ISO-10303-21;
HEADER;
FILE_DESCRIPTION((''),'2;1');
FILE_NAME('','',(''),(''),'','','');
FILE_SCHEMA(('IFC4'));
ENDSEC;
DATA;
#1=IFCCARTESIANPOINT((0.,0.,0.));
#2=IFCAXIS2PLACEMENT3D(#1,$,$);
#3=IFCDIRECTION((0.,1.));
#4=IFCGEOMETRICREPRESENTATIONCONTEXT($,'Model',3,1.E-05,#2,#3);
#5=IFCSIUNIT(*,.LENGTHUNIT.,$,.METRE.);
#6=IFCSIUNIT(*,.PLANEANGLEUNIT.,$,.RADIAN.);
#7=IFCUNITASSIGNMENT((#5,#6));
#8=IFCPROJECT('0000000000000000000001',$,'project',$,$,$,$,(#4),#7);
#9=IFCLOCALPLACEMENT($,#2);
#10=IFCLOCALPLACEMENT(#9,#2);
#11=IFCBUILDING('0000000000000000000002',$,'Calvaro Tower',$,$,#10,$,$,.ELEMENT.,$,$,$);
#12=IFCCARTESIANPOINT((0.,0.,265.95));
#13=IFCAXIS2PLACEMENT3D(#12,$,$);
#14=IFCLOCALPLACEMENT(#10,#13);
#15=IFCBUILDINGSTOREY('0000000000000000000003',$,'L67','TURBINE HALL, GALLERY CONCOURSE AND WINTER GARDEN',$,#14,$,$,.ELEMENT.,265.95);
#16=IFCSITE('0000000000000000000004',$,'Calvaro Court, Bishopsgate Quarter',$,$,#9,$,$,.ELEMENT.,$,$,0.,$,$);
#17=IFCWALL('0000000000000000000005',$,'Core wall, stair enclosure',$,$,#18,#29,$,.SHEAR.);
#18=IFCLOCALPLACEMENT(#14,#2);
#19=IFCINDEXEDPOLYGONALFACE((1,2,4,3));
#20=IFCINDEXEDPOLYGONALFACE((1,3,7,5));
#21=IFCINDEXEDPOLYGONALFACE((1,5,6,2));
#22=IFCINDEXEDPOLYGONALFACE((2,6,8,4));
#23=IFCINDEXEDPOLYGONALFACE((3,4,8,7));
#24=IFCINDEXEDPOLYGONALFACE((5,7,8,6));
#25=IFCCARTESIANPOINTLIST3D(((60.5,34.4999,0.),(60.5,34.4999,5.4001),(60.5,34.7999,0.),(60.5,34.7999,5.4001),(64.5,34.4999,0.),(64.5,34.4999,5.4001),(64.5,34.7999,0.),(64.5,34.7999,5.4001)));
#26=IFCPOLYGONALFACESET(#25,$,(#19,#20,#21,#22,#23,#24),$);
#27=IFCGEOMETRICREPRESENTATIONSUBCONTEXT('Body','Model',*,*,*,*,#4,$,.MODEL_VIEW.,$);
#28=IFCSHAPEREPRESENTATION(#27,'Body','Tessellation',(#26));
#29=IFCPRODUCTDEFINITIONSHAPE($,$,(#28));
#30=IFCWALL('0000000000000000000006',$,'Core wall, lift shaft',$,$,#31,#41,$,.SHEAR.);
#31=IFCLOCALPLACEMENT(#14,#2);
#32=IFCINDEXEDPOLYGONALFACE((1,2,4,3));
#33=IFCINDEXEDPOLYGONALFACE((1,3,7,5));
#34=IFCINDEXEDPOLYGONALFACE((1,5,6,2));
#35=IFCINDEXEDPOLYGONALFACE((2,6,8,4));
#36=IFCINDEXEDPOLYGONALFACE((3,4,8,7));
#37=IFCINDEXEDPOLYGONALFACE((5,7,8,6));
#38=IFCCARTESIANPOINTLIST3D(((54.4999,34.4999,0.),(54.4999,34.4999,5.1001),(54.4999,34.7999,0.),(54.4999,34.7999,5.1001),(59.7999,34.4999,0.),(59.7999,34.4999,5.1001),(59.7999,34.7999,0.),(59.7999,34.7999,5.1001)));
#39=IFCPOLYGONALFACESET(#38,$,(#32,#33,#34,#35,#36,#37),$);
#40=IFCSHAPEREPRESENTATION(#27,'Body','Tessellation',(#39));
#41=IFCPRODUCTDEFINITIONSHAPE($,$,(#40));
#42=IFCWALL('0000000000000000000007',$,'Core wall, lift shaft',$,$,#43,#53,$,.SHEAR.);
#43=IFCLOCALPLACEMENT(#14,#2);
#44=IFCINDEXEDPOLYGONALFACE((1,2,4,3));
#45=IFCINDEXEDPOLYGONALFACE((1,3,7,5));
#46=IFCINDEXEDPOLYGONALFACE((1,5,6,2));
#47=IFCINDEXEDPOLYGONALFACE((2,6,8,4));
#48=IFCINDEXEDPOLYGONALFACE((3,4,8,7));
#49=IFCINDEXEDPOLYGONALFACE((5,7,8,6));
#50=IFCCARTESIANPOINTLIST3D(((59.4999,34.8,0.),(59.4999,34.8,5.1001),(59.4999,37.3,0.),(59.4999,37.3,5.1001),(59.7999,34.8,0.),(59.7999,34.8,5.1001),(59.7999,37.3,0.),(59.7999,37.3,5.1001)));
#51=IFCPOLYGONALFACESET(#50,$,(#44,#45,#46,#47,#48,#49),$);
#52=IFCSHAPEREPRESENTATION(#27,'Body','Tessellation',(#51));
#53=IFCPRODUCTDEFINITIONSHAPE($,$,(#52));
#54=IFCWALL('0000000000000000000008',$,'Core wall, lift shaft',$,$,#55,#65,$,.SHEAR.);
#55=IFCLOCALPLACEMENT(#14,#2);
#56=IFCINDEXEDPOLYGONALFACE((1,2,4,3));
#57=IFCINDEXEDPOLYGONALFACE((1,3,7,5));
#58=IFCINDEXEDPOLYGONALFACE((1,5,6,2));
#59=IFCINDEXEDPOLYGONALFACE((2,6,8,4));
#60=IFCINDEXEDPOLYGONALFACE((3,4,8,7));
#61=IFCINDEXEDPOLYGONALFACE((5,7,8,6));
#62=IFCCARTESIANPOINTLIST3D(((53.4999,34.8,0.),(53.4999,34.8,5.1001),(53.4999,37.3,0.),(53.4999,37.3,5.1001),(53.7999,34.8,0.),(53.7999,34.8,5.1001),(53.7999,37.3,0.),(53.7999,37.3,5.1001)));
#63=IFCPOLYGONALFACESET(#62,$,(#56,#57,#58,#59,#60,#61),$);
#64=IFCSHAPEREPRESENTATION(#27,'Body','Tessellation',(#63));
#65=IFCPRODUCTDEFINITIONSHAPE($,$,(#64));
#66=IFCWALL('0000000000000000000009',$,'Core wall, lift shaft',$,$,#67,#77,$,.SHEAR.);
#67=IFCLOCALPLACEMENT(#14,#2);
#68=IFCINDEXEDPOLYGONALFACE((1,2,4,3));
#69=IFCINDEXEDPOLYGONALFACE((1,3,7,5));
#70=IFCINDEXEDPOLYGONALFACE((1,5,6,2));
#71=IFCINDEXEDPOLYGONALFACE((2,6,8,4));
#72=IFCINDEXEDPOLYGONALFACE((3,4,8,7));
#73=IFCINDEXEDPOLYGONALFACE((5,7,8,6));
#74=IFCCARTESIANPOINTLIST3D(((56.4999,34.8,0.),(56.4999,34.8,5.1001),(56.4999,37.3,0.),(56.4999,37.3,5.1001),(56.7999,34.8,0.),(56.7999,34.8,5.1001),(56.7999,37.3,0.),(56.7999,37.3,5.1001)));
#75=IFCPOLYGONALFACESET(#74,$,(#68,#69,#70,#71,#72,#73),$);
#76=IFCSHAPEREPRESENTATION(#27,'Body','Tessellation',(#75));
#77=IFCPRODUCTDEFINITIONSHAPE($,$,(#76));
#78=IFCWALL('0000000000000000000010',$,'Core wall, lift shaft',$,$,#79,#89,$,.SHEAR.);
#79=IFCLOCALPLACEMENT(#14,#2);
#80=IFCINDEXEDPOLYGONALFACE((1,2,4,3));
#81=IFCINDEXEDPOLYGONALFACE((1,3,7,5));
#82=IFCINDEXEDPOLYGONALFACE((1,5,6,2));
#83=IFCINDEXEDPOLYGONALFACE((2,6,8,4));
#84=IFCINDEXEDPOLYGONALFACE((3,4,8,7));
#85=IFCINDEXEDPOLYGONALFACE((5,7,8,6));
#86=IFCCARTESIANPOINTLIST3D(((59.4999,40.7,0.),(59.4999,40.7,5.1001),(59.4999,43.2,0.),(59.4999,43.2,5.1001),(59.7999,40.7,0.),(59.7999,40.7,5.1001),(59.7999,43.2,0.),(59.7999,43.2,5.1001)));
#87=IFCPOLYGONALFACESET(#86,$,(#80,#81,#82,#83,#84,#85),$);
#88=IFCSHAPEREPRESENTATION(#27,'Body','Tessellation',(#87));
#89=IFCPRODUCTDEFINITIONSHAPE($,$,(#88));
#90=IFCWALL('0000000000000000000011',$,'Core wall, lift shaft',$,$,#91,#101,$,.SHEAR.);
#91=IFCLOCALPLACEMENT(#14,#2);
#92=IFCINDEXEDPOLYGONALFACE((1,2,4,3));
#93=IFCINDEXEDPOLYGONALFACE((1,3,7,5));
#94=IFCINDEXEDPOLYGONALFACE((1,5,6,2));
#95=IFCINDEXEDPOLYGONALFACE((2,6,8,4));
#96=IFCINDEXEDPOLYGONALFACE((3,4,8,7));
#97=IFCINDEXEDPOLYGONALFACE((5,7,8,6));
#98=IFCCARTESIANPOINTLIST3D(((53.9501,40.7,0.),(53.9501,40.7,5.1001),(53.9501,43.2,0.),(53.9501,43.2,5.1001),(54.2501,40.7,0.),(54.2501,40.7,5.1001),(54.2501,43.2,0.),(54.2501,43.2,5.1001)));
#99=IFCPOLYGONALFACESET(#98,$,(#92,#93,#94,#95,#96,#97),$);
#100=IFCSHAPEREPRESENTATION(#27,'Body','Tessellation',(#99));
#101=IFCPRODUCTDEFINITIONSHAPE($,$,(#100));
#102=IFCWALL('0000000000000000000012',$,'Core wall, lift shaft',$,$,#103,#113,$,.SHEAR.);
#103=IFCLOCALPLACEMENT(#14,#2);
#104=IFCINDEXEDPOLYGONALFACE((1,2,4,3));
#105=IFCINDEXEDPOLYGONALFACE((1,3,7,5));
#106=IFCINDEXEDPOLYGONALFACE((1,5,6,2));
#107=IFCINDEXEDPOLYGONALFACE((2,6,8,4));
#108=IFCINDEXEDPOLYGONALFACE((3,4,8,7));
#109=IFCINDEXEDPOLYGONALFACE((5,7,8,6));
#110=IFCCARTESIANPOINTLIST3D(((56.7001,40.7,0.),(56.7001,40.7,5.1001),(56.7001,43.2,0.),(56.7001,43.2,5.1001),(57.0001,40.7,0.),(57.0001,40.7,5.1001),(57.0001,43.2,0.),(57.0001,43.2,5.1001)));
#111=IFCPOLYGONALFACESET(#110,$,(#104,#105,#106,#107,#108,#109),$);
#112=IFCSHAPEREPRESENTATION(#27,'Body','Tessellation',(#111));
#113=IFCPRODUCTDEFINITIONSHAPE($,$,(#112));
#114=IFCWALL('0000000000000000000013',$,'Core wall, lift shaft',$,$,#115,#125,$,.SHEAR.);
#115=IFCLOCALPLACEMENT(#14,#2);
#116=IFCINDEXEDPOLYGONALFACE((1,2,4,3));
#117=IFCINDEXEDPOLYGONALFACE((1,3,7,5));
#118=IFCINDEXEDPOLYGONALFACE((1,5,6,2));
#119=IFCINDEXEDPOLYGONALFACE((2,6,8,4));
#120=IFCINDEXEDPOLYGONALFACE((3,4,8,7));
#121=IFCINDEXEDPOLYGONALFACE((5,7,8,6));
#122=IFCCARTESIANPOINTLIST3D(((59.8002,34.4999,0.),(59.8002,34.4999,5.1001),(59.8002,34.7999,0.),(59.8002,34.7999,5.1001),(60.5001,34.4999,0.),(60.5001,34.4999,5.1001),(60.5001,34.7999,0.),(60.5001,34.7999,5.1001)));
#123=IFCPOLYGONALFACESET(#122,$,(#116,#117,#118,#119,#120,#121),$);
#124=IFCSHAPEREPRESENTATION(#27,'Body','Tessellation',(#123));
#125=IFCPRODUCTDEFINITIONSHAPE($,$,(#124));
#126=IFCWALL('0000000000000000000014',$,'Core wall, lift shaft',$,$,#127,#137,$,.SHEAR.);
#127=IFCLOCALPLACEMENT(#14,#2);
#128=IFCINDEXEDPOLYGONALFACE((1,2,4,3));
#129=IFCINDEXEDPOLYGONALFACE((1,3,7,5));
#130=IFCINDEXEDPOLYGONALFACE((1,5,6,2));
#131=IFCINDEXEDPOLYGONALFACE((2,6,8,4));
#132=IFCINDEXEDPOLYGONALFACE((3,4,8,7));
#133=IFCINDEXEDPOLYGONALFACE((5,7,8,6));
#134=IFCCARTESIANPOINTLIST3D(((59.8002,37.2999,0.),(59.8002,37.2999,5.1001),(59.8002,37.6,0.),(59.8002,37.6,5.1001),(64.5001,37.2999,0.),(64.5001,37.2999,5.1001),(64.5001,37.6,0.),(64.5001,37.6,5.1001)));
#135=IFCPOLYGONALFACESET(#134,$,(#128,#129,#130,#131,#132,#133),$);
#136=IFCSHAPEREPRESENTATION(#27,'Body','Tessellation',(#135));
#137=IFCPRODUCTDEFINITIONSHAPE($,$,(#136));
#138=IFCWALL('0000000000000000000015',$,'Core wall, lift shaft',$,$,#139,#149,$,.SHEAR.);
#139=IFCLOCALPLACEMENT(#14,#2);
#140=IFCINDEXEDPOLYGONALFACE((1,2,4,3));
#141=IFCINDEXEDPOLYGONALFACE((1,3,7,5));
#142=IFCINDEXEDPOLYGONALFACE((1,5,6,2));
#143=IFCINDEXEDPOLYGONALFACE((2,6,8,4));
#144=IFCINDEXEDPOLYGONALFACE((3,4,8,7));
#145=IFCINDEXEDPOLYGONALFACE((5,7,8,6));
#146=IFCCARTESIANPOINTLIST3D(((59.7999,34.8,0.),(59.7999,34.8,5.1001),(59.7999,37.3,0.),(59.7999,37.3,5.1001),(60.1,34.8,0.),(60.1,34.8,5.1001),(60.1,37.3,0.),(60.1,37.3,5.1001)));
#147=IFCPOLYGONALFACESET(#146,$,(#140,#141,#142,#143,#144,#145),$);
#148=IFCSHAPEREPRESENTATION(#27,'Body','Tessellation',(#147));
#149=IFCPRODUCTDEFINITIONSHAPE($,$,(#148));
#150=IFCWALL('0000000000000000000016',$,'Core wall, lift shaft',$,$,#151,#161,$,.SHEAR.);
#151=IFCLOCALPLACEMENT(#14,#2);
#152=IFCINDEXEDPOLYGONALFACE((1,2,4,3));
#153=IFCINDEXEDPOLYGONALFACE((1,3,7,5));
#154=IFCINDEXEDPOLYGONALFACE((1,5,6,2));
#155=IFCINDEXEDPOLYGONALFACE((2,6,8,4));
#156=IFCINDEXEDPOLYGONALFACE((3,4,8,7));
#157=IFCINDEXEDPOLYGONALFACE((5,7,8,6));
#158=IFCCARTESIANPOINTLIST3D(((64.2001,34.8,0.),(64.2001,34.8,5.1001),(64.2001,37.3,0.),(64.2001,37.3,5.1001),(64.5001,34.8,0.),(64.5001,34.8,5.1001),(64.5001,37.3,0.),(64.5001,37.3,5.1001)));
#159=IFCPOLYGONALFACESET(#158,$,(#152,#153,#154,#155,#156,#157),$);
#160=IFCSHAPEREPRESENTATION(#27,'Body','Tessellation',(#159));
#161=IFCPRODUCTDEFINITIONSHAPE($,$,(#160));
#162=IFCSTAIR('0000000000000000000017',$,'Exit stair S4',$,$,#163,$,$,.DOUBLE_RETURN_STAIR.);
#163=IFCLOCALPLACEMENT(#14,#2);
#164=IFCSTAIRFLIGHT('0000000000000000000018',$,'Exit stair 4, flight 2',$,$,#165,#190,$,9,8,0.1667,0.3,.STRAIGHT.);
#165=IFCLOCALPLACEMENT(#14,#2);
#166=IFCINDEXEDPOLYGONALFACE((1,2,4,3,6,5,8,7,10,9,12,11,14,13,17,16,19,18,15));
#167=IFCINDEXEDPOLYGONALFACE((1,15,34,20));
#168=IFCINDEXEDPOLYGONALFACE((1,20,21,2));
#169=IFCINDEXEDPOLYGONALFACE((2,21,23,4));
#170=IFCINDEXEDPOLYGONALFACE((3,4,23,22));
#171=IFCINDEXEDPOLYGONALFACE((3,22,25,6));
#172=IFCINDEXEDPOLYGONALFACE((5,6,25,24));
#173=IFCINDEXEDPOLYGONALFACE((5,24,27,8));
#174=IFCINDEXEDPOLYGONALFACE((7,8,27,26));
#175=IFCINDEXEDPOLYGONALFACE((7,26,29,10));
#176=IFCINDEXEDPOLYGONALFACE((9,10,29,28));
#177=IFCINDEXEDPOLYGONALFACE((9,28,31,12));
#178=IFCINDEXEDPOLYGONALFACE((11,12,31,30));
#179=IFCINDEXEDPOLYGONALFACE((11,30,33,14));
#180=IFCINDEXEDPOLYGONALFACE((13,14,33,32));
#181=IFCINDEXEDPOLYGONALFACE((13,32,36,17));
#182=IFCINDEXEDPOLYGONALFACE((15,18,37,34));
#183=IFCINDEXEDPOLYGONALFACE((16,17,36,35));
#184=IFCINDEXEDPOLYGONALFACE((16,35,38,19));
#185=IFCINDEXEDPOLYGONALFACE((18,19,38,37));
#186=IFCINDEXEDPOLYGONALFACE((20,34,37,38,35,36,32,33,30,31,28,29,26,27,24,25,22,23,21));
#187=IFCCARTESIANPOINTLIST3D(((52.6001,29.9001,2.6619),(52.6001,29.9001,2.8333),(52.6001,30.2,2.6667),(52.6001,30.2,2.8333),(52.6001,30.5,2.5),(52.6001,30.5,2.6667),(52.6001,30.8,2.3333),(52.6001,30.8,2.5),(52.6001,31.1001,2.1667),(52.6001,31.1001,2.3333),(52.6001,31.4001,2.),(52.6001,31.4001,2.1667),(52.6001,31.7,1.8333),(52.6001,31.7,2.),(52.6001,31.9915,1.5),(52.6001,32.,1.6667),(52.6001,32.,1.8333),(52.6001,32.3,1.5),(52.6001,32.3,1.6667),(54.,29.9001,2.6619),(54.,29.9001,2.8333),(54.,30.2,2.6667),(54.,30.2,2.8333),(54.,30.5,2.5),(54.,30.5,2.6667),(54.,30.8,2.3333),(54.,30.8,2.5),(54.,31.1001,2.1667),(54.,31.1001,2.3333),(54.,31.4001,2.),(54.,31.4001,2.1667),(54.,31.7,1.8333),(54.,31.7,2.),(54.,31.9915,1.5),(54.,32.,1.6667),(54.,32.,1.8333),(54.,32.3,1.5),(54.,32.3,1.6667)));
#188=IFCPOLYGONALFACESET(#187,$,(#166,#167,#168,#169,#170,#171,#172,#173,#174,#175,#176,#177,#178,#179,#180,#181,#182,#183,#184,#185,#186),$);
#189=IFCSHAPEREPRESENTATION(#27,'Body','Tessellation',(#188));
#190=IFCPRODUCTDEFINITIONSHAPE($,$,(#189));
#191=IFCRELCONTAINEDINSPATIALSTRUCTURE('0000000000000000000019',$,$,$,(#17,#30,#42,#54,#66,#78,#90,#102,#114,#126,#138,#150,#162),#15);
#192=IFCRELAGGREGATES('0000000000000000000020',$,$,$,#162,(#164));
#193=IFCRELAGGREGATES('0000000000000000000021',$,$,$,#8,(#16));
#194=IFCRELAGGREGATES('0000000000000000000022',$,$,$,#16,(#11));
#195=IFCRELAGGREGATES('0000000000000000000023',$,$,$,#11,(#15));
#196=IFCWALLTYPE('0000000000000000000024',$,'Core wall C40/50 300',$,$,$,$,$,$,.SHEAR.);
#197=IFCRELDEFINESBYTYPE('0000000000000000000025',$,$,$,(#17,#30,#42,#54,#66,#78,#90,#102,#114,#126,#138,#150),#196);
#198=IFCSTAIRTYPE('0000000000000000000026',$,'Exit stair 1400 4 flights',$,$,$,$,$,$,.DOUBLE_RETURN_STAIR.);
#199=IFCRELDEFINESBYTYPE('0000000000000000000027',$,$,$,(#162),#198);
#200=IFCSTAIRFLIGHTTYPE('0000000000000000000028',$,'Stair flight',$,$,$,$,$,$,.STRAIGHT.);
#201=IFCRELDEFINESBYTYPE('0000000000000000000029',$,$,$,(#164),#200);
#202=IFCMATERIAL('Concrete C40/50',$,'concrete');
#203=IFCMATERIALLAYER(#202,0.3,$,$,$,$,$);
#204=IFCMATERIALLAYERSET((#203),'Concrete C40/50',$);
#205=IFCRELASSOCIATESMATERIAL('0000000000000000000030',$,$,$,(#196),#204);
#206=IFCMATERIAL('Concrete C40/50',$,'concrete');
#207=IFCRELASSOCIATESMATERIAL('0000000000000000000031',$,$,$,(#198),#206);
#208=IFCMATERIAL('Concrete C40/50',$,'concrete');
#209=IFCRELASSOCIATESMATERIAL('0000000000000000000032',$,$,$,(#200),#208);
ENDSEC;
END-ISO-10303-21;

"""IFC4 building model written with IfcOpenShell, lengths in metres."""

from ifc_helpers import new_model, si_unit, direction, frame, frame_2d, origin, place, context, subcontext, project, spatial, polyline, rectangle, outline, extrude, material, layer, layer_set, type_object, element, aggregate, save


model = new_model("IFC4")

# Units and contexts
model_context = context("Model", 3, precision=1e-05, world=origin(), true_north=direction((0.0, 1.0)))
body_context = subcontext(model_context, "Body", "Model", "MODEL_VIEW")
ifc_project = project(units=[si_unit("LENGTHUNIT", "METRE"), si_unit("PLANEANGLEUNIT", "RADIAN")], contexts=[model_context])

# Site, building, storey
site_placement = place(None, origin())
site = spatial("IfcSite", under=ifc_project, at=site_placement, Name="Calvaro Court, Bishopsgate Quarter", CompositionType="ELEMENT", RefElevation=0.0)
building_placement = place(site_placement, origin())
building = spatial("IfcBuilding", under=site, at=building_placement, Name="Calvaro Tower", CompositionType="ELEMENT")
storey_placement = place(building_placement, frame((0.0, 0.0, 265.95)))
storey = spatial("IfcBuildingStorey", under=building, at=storey_placement, Name="L67", Description="TURBINE HALL, GALLERY CONCOURSE AND WINTER GARDEN", CompositionType="ELEMENT", Elevation=265.95)

# Walls
ifc_material_1 = material(Name="Concrete C40/50", Category="concrete")
ifc_layer = layer(ifc_material_1, 0.3)
ifc_layer_set = layer_set([ifc_layer], Name="Concrete C40/50")
wall_type = type_object("IfcWallType", Name="Core wall C40/50 300", PredefinedType="SHEAR", material=ifc_layer_set)
wall_1_placement = place(storey_placement, frame((60.5, 34.6499, 0.0), z_axis=(0.0, 0.0, 1.0), x_axis=(1.0, 0.0, 0.0)))
element("IfcWall", 1, at=wall_1_placement, inside=storey, type_object=wall_type, Name="Core wall, stair enclosure", PredefinedType="SHEAR", context=body_context, shape_type="SweptSolid", body=[
    extrude(rectangle(XDim=4.0, YDim=0.3, at=frame_2d((2.0, 0.0))), origin(), (0.0, 0.0, 1.0), 5.4001),
])
wall_2_placement = place(storey_placement, frame((54.5, 34.6499, 0.0), z_axis=(0.0, 0.0, 1.0), x_axis=(1.0, 0.0, 0.0)))
element("IfcWall", 2, at=wall_2_placement, inside=storey, type_object=wall_type, Name="Core wall, lift shaft", PredefinedType="SHEAR", context=body_context, shape_type="SweptSolid", body=[
    extrude(rectangle(XDim=5.3, YDim=0.3, at=frame_2d((2.6499, 0.0))), origin(), (0.0, 0.0, 1.0), 5.1001),
])
for number, where, z_axis, x_axis, name in (
    (3, (59.6499, 34.8, 0.0), (0.0, 0.0, 1.0), (0.0, 1.0, 0.0), "Core wall, lift shaft"),
    (4, (53.6499, 34.8, 0.0), (0.0, 0.0, 1.0), (0.0, 1.0, 0.0), "Core wall, lift shaft"),
    (5, (56.6499, 34.8, 0.0), (0.0, 0.0, 1.0), (0.0, 1.0, 0.0), "Core wall, lift shaft"),
    (6, (59.6499, 40.7, 0.0), (0.0, 0.0, 1.0), (0.0, 1.0, 0.0), "Core wall, lift shaft"),
    (7, (54.1001, 40.7, 0.0), (0.0, 0.0, 1.0), (0.0, 1.0, 0.0), "Core wall, lift shaft"),
    (8, (56.8501, 40.7, 0.0), (0.0, 0.0, 1.0), (0.0, 1.0, 0.0), "Core wall, lift shaft"),
):
    element("IfcWall", number, at=place(storey_placement, frame(where, z_axis=z_axis, x_axis=x_axis)), inside=storey, type_object=wall_type, Name=name, PredefinedType="SHEAR", context=body_context, shape_type="SweptSolid", body=[
        extrude(rectangle(XDim=2.5, YDim=0.3, at=frame_2d((1.25, 0.0))), origin(), (0.0, 0.0, 1.0), 5.1001),
    ])
wall_3_placement = place(storey_placement, frame((59.8, 34.6499, 0.0), z_axis=(0.0, 0.0, 1.0), x_axis=(1.0, 0.0, 0.0)))
element("IfcWall", 9, at=wall_3_placement, inside=storey, type_object=wall_type, Name="Core wall, lift shaft", PredefinedType="SHEAR", context=body_context, shape_type="SweptSolid", body=[
    extrude(rectangle(XDim=0.7, YDim=0.3, at=frame_2d((0.3501, 0.0))), origin(), (0.0, 0.0, 1.0), 5.1001),
])
wall_4_placement = place(storey_placement, frame((59.8, 37.45, 0.0), z_axis=(0.0, 0.0, 1.0), x_axis=(1.0, 0.0, 0.0)))
element("IfcWall", 10, at=wall_4_placement, inside=storey, type_object=wall_type, Name="Core wall, lift shaft", PredefinedType="SHEAR", context=body_context, shape_type="SweptSolid", body=[
    extrude(rectangle(XDim=4.7, YDim=0.3, at=frame_2d((2.3501, 0.0))), origin(), (0.0, 0.0, 1.0), 5.1001),
])
for number, where, z_axis, x_axis, name in (
    (11, (59.95, 34.8, 0.0), (0.0, 0.0, 1.0), (0.0, 1.0, 0.0), "Core wall, lift shaft"),
    (12, (64.3501, 34.8, 0.0), (0.0, 0.0, 1.0), (0.0, 1.0, 0.0), "Core wall, lift shaft"),
):
    element("IfcWall", number, at=place(storey_placement, frame(where, z_axis=z_axis, x_axis=x_axis)), inside=storey, type_object=wall_type, Name=name, PredefinedType="SHEAR", context=body_context, shape_type="SweptSolid", body=[
        extrude(rectangle(XDim=2.5, YDim=0.3, at=frame_2d((1.25, 0.0))), origin(), (0.0, 0.0, 1.0), 5.1001),
    ])

# Stair, stair flight
ifc_material_2 = material(Name="Concrete C40/50", Category="concrete")
stair_type = type_object("IfcStairType", Name="Exit stair 1400 4 flights", PredefinedType="DOUBLE_RETURN_STAIR", material=ifc_material_2)
stair_1_placement = place(storey_placement, origin())
stair_1 = element("IfcStair", 13, at=stair_1_placement, inside=storey, type_object=stair_type, Name="Exit stair S4", PredefinedType="DOUBLE_RETURN_STAIR")
ifc_material_3 = material(Name="Concrete C40/50", Category="concrete")
stair_flight_type = type_object("IfcStairFlightType", Name="Stair flight", PredefinedType="STRAIGHT", material=ifc_material_3)
stair_flight_1_placement = place(storey_placement, frame((53.3, 32.3, 1.5), z_axis=(0.0, 0.0, 1.0), x_axis=(0.0, -1.0, 0.0)))
stair_flight_1 = element("IfcStairFlight", 14, at=stair_flight_1_placement, type_object=stair_flight_type, Name="Exit stair 4, flight 2", NumberOfRisers=9, NumberOfTreads=8, PredefinedType="STRAIGHT", RiserHeight=0.1667, TreadLength=0.3, context=body_context, shape_type="SweptSolid", body=[
    extrude(outline(polyline([(0.0, 0.0), (0.0, 0.1667), (0.3, 0.1667), (0.3, 0.3333), (0.6001, 0.3333), (0.6001, 0.5), (0.8999, 0.5), (0.8999, 0.6667), (1.2, 0.6667), (1.2, 0.8333), (1.5, 0.8333), (1.5, 1.0), (1.8, 1.0), (1.8, 1.1667), (2.1001, 1.1667), (2.1001, 1.3333), (2.3999, 1.3333), (2.3999, 1.5), (2.3999, 1.1619), (0.3086, 0.0), (0.0, 0.0)])), frame((0.0, 0.7, 0.0), z_axis=(0.0, -1.0, 0.0), x_axis=(1.0, 0.0, 0.0)), (0.0, 0.0, 1.0), 1.3999),
])

aggregate(stair_1, [stair_flight_1])

save(model, "model.ifc")
